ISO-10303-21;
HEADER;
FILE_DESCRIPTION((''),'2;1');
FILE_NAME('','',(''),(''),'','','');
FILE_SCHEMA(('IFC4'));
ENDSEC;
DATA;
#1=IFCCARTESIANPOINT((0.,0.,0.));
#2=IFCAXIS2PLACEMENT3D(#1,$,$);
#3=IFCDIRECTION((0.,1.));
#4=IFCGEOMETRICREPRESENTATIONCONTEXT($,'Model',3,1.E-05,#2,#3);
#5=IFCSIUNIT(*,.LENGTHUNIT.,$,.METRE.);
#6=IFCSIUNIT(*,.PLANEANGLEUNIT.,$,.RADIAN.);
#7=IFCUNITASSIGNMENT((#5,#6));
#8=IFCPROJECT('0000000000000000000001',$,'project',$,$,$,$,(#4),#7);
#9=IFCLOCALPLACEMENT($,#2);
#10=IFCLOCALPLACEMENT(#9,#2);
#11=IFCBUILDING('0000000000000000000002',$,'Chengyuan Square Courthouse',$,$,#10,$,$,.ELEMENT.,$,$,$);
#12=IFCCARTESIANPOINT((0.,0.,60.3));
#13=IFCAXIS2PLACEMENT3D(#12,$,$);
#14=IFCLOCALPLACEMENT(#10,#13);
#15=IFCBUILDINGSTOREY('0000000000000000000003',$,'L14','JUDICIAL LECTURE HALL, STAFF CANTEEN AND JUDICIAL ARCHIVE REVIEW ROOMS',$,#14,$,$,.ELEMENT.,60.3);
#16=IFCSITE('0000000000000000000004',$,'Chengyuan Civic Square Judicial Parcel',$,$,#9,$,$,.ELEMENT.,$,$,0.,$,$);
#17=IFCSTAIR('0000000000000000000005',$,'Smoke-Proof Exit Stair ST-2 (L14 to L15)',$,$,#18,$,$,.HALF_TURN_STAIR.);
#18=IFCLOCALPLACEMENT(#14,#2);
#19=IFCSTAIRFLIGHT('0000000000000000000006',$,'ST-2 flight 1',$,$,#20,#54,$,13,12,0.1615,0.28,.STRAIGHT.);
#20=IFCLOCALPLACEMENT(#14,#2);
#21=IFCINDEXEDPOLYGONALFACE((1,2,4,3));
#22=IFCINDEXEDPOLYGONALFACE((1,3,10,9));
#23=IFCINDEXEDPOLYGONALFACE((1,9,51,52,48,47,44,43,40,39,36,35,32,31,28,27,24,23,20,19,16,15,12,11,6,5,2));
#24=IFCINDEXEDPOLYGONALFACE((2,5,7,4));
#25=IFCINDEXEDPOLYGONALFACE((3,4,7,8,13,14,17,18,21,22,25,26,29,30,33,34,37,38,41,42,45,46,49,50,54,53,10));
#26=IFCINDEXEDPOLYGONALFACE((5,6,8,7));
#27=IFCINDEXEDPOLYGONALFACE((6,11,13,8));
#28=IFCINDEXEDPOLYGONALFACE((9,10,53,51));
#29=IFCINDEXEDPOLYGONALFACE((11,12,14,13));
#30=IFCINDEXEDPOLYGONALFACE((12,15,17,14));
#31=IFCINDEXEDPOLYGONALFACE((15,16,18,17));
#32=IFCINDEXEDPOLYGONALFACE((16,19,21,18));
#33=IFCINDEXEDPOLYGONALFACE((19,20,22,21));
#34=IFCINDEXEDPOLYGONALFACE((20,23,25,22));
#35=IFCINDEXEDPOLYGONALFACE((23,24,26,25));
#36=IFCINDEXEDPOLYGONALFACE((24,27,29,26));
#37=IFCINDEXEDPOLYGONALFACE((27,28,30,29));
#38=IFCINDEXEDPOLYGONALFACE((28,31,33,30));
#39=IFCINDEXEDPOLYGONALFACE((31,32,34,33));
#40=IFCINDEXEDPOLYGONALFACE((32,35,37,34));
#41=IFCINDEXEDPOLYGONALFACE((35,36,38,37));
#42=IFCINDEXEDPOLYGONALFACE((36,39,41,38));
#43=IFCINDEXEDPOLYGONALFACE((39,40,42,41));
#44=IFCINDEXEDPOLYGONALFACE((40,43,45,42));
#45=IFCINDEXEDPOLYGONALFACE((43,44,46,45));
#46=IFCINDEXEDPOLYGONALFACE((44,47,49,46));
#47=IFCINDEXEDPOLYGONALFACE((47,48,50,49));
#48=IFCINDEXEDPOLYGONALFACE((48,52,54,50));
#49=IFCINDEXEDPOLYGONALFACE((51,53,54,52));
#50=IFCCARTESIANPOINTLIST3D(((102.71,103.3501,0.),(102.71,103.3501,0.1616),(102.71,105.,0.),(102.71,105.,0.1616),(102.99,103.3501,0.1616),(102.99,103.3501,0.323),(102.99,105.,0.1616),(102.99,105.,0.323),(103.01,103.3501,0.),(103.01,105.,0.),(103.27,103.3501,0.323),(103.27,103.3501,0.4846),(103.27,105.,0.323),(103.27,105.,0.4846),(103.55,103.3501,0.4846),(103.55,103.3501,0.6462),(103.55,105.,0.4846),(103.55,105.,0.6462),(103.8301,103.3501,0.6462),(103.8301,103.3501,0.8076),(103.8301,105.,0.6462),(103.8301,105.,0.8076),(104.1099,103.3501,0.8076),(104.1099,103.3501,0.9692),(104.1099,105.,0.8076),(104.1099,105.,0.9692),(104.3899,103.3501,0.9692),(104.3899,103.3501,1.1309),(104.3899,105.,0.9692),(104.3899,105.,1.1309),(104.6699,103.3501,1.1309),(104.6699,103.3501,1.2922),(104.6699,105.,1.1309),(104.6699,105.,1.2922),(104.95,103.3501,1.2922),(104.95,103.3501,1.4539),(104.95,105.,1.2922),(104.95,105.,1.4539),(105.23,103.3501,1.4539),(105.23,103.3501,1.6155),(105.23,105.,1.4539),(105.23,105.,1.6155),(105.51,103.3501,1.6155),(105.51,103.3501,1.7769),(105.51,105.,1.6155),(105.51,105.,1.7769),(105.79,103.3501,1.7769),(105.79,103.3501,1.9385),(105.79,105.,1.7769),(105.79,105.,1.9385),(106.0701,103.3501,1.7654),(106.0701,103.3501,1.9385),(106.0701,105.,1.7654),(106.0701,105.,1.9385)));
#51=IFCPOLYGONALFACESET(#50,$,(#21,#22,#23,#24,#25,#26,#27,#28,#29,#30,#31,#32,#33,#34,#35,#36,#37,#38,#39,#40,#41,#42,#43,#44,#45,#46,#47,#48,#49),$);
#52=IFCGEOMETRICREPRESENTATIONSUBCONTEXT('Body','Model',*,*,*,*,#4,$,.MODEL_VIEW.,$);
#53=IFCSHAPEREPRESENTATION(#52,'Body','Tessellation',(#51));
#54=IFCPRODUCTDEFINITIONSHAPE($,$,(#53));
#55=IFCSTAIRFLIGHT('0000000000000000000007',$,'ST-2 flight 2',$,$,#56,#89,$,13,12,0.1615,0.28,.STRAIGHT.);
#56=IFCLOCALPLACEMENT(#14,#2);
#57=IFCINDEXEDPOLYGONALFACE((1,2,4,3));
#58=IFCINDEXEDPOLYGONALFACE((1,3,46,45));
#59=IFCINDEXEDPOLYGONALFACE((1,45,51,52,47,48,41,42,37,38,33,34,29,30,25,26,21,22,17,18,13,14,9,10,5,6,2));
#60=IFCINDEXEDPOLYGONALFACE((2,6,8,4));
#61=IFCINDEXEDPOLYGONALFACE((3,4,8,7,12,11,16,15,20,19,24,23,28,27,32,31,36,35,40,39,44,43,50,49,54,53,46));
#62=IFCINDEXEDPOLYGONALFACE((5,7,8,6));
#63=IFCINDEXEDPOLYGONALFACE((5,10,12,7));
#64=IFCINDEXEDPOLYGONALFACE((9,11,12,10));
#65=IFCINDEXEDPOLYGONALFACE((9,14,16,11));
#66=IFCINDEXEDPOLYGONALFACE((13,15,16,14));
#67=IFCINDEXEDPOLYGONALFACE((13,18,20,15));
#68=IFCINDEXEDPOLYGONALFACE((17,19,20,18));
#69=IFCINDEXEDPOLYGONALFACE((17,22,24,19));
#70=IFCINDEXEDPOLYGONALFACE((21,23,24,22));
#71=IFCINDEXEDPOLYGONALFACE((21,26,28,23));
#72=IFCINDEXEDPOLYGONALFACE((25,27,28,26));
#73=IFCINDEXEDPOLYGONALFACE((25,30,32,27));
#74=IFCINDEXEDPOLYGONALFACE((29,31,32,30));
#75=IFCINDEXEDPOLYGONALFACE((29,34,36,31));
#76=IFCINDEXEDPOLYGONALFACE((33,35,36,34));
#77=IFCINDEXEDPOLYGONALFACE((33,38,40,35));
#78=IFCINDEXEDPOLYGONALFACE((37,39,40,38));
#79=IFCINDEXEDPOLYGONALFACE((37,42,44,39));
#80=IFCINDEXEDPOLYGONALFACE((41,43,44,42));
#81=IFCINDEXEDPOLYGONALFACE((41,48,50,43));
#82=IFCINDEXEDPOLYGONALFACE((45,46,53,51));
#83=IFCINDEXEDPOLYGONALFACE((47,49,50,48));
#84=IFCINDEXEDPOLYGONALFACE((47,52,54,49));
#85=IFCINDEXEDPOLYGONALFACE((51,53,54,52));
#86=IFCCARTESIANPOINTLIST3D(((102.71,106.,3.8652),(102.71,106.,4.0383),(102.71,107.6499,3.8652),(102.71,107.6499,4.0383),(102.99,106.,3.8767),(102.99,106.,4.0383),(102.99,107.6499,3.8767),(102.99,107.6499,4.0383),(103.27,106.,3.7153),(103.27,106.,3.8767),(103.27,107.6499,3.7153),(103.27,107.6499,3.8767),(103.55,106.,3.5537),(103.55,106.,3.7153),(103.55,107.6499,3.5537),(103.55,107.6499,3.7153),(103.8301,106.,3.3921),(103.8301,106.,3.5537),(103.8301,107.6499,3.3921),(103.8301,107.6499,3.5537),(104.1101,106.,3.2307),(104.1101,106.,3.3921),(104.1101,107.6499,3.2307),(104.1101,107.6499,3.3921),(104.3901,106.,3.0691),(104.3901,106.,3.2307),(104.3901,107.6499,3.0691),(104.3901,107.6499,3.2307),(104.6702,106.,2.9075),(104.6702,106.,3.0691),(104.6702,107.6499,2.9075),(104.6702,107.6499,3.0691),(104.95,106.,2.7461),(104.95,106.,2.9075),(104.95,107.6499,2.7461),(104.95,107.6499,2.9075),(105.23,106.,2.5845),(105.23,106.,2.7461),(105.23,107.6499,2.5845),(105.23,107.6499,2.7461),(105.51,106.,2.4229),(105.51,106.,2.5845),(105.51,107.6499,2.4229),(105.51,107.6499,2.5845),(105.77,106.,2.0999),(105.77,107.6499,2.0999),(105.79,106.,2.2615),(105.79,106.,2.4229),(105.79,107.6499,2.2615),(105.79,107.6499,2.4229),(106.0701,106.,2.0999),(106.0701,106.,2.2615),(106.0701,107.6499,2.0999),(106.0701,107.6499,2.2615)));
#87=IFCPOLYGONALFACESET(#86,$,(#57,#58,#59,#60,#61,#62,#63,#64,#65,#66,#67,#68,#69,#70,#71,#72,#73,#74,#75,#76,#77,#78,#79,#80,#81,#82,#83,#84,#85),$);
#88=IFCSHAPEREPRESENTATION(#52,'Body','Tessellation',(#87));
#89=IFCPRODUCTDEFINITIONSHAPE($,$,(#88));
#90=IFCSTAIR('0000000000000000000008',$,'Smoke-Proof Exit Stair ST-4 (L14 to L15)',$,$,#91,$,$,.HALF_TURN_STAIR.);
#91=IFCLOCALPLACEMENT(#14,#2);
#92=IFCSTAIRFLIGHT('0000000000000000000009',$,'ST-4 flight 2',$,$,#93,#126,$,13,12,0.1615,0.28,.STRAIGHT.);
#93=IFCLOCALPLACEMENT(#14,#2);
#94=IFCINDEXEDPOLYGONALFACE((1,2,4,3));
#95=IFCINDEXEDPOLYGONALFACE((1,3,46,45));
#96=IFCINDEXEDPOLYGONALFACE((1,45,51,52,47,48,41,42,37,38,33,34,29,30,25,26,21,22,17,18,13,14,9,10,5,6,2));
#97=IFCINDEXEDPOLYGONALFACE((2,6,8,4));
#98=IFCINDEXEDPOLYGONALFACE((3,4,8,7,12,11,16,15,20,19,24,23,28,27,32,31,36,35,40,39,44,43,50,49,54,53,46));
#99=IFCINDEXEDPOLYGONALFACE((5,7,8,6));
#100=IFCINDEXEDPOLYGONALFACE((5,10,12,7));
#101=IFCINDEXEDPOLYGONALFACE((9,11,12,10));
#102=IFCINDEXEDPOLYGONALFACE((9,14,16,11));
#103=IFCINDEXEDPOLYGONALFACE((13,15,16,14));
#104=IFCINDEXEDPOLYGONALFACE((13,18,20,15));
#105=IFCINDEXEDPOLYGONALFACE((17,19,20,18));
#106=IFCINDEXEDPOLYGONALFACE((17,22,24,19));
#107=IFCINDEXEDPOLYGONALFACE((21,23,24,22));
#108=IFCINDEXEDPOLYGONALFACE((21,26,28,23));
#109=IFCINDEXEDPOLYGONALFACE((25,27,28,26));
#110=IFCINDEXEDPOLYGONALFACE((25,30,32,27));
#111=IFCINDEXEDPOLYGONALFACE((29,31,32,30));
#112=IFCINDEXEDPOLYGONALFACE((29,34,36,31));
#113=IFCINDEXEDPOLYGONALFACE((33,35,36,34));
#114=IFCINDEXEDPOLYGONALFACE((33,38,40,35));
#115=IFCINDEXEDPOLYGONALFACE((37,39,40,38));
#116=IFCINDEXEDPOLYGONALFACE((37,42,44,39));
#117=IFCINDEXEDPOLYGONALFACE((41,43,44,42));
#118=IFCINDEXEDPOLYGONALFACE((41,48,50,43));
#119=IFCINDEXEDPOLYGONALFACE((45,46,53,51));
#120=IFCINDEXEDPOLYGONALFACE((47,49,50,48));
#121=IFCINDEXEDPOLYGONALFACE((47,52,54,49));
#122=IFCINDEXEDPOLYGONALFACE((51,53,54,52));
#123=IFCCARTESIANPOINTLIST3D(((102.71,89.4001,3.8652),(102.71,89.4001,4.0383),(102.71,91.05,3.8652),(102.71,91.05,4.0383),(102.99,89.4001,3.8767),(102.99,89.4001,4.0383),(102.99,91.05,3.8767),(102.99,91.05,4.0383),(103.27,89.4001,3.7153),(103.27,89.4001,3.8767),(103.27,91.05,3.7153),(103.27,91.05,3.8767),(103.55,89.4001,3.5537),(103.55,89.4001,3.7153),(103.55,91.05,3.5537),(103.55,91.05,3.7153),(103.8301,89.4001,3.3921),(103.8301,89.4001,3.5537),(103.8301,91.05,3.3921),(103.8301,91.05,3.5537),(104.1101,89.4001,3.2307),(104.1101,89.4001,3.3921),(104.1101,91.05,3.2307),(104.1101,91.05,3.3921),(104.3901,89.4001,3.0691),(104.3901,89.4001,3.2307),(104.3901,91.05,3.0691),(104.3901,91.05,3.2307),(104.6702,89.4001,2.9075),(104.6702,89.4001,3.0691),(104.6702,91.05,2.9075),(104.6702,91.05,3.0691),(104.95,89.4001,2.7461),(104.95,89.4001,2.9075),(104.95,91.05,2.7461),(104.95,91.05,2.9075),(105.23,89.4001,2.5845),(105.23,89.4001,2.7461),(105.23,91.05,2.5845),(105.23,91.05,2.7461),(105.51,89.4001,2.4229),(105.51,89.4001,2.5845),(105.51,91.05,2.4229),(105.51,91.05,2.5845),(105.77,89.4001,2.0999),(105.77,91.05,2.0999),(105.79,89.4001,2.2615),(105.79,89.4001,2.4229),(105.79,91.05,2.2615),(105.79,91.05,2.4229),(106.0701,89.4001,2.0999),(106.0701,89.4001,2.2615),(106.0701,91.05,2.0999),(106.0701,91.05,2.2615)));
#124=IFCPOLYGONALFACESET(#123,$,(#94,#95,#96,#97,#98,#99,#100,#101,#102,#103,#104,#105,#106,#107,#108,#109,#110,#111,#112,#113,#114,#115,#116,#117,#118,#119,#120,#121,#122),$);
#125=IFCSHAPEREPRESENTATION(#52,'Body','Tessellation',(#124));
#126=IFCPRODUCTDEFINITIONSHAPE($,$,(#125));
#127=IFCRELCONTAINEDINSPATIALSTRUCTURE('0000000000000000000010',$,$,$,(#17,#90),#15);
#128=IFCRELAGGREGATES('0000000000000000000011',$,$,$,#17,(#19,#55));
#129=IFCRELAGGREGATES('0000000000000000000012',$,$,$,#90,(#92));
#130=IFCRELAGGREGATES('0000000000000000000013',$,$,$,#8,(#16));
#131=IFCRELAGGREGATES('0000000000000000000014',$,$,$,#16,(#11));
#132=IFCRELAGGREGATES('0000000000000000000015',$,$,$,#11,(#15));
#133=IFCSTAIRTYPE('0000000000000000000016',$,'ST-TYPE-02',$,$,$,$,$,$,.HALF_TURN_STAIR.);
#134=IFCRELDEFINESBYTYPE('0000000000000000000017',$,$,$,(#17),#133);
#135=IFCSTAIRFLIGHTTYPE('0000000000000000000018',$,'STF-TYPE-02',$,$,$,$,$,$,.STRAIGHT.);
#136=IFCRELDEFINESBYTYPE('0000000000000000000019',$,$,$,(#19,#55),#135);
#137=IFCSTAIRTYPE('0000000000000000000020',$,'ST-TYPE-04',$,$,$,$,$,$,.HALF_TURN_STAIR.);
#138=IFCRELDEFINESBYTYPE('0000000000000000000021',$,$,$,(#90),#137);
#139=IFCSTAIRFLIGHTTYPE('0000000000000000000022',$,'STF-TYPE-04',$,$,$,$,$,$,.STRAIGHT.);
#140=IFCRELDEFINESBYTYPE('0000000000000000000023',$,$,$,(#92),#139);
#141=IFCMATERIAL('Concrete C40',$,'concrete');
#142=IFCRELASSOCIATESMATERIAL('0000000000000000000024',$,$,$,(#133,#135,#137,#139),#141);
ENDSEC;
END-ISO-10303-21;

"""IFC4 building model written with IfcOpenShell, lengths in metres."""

from ifc_helpers import new_model, si_unit, direction, frame, origin, place, context, subcontext, project, spatial, polyline, outline, extrude, material, type_object, element, aggregate, save


model = new_model("IFC4")

# Units and contexts
model_context = context("Model", 3, precision=1e-05, world=origin(), true_north=direction((0.0, 1.0)))
body_context = subcontext(model_context, "Body", "Model", "MODEL_VIEW")
ifc_project = project(units=[si_unit("LENGTHUNIT", "METRE"), si_unit("PLANEANGLEUNIT", "RADIAN")], contexts=[model_context])

# Site, building, storey
site_placement = place(None, origin())
site = spatial("IfcSite", under=ifc_project, at=site_placement, Name="Chengyuan Civic Square Judicial Parcel", CompositionType="ELEMENT", RefElevation=0.0)
building_placement = place(site_placement, origin())
building = spatial("IfcBuilding", under=site, at=building_placement, Name="Chengyuan Square Courthouse", CompositionType="ELEMENT")
storey_placement = place(building_placement, frame((0.0, 0.0, 60.3)))
storey = spatial("IfcBuildingStorey", under=building, at=storey_placement, Name="L14", Description="JUDICIAL LECTURE HALL, STAFF CANTEEN AND JUDICIAL ARCHIVE REVIEW ROOMS", CompositionType="ELEMENT", Elevation=60.3)

# Shared definitions
ifc_material_1 = material(Name="Concrete C40", Category="concrete")

# Stair, stair flights
stair_type_1 = type_object("IfcStairType", Name="ST-TYPE-02", PredefinedType="HALF_TURN_STAIR", material=ifc_material_1)
stair_1_placement = place(storey_placement, origin())
stair_1 = element("IfcStair", 1, at=stair_1_placement, inside=storey, type_object=stair_type_1, Name="Smoke-Proof Exit Stair ST-2 (L14 to L15)", PredefinedType="HALF_TURN_STAIR")
stair_flight_type_1 = type_object("IfcStairFlightType", Name="STF-TYPE-02", PredefinedType="STRAIGHT", material=ifc_material_1)
stair_flight_1_placement = place(storey_placement, frame((102.71, 104.175, 0.0), z_axis=(0.0, 0.0, 1.0), x_axis=(1.0, 0.0, 0.0)))
stair_flight_1 = element("IfcStairFlight", 2, at=stair_flight_1_placement, type_object=stair_flight_type_1, Name="ST-2 flight 1", NumberOfRisers=13, NumberOfTreads=12, PredefinedType="STRAIGHT", RiserHeight=0.1615, TreadLength=0.28, context=body_context, shape_type="SweptSolid", body=[
    extrude(outline(polyline([(0.0, 0.0), (0.0, 0.1616), (0.28, 0.1616), (0.28, 0.323), (0.5601, 0.323), (0.5601, 0.4846), (0.8401, 0.4846), (0.8401, 0.6462), (1.1201, 0.6462), (1.1201, 0.8076), (1.3999, 0.8076), (1.3999, 0.9692), (1.6799, 0.9692), (1.6799, 1.1309), (1.96, 1.1309), (1.96, 1.2922), (2.24, 1.2922), (2.24, 1.4539), (2.52, 1.4539), (2.52, 1.6155), (2.8, 1.6155), (2.8, 1.7769), (3.0801, 1.7769), (3.0801, 1.9385), (3.3601, 1.9385), (3.3601, 2.1001), (3.3601, 1.7654), (0.3, 0.0), (0.0, 0.0)])), frame((0.0, 0.825, 0.0), z_axis=(0.0, -1.0, 0.0), x_axis=(1.0, 0.0, 0.0)), (0.0, 0.0, 1.0), 1.6499),
])
stair_flight_2_placement = place(storey_placement, frame((106.0701, 106.825, 2.0999), z_axis=(0.0, 0.0, 1.0), x_axis=(-1.0, 0.0, 0.0)))
stair_flight_2 = element("IfcStairFlight", 3, at=stair_flight_2_placement, type_object=stair_flight_type_1, Name="ST-2 flight 2", NumberOfRisers=13, NumberOfTreads=12, PredefinedType="STRAIGHT", RiserHeight=0.1615, TreadLength=0.28, context=body_context, shape_type="SweptSolid", body=[
    extrude(outline(polyline([(0.0, 0.0), (0.0, 0.1616), (0.28, 0.1616), (0.28, 0.323), (0.5601, 0.323), (0.5601, 0.4846), (0.8401, 0.4846), (0.8401, 0.6462), (1.1201, 0.6462), (1.1201, 0.8076), (1.3999, 0.8076), (1.3999, 0.9692), (1.6799, 0.9692), (1.6799, 1.1309), (1.96, 1.1309), (1.96, 1.2922), (2.24, 1.2922), (2.24, 1.4539), (2.52, 1.4539), (2.52, 1.6155), (2.8, 1.6155), (2.8, 1.7769), (3.0801, 1.7769), (3.0801, 1.9385), (3.3601, 1.9385), (3.3601, 2.1001), (3.3601, 1.7654), (0.3, 0.0), (0.0, 0.0)])), frame((0.0, 0.825, 0.0), z_axis=(0.0, -1.0, 0.0), x_axis=(1.0, 0.0, 0.0)), (0.0, 0.0, 1.0), 1.6499),
])
aggregate(stair_1, [stair_flight_1, stair_flight_2])

# Stair, stair flight
stair_type_2 = type_object("IfcStairType", Name="ST-TYPE-04", PredefinedType="HALF_TURN_STAIR", material=ifc_material_1)
stair_2_placement = place(storey_placement, origin())
stair_2 = element("IfcStair", 4, at=stair_2_placement, inside=storey, type_object=stair_type_2, Name="Smoke-Proof Exit Stair ST-4 (L14 to L15)", PredefinedType="HALF_TURN_STAIR")
stair_flight_type_2 = type_object("IfcStairFlightType", Name="STF-TYPE-04", PredefinedType="STRAIGHT", material=ifc_material_1)
stair_flight_3_placement = place(storey_placement, frame((106.0701, 90.2251, 2.0999), z_axis=(0.0, 0.0, 1.0), x_axis=(-1.0, 0.0, 0.0)))
stair_flight_3 = element("IfcStairFlight", 5, at=stair_flight_3_placement, type_object=stair_flight_type_2, Name="ST-4 flight 2", NumberOfRisers=13, NumberOfTreads=12, PredefinedType="STRAIGHT", RiserHeight=0.1615, TreadLength=0.28, context=body_context, shape_type="SweptSolid", body=[
    extrude(outline(polyline([(0.0, 0.0), (0.0, 0.1616), (0.28, 0.1616), (0.28, 0.323), (0.5601, 0.323), (0.5601, 0.4846), (0.8401, 0.4846), (0.8401, 0.6462), (1.1201, 0.6462), (1.1201, 0.8076), (1.3999, 0.8076), (1.3999, 0.9692), (1.6799, 0.9692), (1.6799, 1.1309), (1.96, 1.1309), (1.96, 1.2922), (2.24, 1.2922), (2.24, 1.4539), (2.52, 1.4539), (2.52, 1.6155), (2.8, 1.6155), (2.8, 1.7769), (3.0801, 1.7769), (3.0801, 1.9385), (3.3601, 1.9385), (3.3601, 2.1001), (3.3601, 1.7654), (0.3, 0.0), (0.0, 0.0)])), frame((0.0, 0.825, 0.0), z_axis=(0.0, -1.0, 0.0), x_axis=(1.0, 0.0, 0.0)), (0.0, 0.0, 1.0), 1.6499),
])
aggregate(stair_2, [stair_flight_3])

save(model, "model.ifc")
